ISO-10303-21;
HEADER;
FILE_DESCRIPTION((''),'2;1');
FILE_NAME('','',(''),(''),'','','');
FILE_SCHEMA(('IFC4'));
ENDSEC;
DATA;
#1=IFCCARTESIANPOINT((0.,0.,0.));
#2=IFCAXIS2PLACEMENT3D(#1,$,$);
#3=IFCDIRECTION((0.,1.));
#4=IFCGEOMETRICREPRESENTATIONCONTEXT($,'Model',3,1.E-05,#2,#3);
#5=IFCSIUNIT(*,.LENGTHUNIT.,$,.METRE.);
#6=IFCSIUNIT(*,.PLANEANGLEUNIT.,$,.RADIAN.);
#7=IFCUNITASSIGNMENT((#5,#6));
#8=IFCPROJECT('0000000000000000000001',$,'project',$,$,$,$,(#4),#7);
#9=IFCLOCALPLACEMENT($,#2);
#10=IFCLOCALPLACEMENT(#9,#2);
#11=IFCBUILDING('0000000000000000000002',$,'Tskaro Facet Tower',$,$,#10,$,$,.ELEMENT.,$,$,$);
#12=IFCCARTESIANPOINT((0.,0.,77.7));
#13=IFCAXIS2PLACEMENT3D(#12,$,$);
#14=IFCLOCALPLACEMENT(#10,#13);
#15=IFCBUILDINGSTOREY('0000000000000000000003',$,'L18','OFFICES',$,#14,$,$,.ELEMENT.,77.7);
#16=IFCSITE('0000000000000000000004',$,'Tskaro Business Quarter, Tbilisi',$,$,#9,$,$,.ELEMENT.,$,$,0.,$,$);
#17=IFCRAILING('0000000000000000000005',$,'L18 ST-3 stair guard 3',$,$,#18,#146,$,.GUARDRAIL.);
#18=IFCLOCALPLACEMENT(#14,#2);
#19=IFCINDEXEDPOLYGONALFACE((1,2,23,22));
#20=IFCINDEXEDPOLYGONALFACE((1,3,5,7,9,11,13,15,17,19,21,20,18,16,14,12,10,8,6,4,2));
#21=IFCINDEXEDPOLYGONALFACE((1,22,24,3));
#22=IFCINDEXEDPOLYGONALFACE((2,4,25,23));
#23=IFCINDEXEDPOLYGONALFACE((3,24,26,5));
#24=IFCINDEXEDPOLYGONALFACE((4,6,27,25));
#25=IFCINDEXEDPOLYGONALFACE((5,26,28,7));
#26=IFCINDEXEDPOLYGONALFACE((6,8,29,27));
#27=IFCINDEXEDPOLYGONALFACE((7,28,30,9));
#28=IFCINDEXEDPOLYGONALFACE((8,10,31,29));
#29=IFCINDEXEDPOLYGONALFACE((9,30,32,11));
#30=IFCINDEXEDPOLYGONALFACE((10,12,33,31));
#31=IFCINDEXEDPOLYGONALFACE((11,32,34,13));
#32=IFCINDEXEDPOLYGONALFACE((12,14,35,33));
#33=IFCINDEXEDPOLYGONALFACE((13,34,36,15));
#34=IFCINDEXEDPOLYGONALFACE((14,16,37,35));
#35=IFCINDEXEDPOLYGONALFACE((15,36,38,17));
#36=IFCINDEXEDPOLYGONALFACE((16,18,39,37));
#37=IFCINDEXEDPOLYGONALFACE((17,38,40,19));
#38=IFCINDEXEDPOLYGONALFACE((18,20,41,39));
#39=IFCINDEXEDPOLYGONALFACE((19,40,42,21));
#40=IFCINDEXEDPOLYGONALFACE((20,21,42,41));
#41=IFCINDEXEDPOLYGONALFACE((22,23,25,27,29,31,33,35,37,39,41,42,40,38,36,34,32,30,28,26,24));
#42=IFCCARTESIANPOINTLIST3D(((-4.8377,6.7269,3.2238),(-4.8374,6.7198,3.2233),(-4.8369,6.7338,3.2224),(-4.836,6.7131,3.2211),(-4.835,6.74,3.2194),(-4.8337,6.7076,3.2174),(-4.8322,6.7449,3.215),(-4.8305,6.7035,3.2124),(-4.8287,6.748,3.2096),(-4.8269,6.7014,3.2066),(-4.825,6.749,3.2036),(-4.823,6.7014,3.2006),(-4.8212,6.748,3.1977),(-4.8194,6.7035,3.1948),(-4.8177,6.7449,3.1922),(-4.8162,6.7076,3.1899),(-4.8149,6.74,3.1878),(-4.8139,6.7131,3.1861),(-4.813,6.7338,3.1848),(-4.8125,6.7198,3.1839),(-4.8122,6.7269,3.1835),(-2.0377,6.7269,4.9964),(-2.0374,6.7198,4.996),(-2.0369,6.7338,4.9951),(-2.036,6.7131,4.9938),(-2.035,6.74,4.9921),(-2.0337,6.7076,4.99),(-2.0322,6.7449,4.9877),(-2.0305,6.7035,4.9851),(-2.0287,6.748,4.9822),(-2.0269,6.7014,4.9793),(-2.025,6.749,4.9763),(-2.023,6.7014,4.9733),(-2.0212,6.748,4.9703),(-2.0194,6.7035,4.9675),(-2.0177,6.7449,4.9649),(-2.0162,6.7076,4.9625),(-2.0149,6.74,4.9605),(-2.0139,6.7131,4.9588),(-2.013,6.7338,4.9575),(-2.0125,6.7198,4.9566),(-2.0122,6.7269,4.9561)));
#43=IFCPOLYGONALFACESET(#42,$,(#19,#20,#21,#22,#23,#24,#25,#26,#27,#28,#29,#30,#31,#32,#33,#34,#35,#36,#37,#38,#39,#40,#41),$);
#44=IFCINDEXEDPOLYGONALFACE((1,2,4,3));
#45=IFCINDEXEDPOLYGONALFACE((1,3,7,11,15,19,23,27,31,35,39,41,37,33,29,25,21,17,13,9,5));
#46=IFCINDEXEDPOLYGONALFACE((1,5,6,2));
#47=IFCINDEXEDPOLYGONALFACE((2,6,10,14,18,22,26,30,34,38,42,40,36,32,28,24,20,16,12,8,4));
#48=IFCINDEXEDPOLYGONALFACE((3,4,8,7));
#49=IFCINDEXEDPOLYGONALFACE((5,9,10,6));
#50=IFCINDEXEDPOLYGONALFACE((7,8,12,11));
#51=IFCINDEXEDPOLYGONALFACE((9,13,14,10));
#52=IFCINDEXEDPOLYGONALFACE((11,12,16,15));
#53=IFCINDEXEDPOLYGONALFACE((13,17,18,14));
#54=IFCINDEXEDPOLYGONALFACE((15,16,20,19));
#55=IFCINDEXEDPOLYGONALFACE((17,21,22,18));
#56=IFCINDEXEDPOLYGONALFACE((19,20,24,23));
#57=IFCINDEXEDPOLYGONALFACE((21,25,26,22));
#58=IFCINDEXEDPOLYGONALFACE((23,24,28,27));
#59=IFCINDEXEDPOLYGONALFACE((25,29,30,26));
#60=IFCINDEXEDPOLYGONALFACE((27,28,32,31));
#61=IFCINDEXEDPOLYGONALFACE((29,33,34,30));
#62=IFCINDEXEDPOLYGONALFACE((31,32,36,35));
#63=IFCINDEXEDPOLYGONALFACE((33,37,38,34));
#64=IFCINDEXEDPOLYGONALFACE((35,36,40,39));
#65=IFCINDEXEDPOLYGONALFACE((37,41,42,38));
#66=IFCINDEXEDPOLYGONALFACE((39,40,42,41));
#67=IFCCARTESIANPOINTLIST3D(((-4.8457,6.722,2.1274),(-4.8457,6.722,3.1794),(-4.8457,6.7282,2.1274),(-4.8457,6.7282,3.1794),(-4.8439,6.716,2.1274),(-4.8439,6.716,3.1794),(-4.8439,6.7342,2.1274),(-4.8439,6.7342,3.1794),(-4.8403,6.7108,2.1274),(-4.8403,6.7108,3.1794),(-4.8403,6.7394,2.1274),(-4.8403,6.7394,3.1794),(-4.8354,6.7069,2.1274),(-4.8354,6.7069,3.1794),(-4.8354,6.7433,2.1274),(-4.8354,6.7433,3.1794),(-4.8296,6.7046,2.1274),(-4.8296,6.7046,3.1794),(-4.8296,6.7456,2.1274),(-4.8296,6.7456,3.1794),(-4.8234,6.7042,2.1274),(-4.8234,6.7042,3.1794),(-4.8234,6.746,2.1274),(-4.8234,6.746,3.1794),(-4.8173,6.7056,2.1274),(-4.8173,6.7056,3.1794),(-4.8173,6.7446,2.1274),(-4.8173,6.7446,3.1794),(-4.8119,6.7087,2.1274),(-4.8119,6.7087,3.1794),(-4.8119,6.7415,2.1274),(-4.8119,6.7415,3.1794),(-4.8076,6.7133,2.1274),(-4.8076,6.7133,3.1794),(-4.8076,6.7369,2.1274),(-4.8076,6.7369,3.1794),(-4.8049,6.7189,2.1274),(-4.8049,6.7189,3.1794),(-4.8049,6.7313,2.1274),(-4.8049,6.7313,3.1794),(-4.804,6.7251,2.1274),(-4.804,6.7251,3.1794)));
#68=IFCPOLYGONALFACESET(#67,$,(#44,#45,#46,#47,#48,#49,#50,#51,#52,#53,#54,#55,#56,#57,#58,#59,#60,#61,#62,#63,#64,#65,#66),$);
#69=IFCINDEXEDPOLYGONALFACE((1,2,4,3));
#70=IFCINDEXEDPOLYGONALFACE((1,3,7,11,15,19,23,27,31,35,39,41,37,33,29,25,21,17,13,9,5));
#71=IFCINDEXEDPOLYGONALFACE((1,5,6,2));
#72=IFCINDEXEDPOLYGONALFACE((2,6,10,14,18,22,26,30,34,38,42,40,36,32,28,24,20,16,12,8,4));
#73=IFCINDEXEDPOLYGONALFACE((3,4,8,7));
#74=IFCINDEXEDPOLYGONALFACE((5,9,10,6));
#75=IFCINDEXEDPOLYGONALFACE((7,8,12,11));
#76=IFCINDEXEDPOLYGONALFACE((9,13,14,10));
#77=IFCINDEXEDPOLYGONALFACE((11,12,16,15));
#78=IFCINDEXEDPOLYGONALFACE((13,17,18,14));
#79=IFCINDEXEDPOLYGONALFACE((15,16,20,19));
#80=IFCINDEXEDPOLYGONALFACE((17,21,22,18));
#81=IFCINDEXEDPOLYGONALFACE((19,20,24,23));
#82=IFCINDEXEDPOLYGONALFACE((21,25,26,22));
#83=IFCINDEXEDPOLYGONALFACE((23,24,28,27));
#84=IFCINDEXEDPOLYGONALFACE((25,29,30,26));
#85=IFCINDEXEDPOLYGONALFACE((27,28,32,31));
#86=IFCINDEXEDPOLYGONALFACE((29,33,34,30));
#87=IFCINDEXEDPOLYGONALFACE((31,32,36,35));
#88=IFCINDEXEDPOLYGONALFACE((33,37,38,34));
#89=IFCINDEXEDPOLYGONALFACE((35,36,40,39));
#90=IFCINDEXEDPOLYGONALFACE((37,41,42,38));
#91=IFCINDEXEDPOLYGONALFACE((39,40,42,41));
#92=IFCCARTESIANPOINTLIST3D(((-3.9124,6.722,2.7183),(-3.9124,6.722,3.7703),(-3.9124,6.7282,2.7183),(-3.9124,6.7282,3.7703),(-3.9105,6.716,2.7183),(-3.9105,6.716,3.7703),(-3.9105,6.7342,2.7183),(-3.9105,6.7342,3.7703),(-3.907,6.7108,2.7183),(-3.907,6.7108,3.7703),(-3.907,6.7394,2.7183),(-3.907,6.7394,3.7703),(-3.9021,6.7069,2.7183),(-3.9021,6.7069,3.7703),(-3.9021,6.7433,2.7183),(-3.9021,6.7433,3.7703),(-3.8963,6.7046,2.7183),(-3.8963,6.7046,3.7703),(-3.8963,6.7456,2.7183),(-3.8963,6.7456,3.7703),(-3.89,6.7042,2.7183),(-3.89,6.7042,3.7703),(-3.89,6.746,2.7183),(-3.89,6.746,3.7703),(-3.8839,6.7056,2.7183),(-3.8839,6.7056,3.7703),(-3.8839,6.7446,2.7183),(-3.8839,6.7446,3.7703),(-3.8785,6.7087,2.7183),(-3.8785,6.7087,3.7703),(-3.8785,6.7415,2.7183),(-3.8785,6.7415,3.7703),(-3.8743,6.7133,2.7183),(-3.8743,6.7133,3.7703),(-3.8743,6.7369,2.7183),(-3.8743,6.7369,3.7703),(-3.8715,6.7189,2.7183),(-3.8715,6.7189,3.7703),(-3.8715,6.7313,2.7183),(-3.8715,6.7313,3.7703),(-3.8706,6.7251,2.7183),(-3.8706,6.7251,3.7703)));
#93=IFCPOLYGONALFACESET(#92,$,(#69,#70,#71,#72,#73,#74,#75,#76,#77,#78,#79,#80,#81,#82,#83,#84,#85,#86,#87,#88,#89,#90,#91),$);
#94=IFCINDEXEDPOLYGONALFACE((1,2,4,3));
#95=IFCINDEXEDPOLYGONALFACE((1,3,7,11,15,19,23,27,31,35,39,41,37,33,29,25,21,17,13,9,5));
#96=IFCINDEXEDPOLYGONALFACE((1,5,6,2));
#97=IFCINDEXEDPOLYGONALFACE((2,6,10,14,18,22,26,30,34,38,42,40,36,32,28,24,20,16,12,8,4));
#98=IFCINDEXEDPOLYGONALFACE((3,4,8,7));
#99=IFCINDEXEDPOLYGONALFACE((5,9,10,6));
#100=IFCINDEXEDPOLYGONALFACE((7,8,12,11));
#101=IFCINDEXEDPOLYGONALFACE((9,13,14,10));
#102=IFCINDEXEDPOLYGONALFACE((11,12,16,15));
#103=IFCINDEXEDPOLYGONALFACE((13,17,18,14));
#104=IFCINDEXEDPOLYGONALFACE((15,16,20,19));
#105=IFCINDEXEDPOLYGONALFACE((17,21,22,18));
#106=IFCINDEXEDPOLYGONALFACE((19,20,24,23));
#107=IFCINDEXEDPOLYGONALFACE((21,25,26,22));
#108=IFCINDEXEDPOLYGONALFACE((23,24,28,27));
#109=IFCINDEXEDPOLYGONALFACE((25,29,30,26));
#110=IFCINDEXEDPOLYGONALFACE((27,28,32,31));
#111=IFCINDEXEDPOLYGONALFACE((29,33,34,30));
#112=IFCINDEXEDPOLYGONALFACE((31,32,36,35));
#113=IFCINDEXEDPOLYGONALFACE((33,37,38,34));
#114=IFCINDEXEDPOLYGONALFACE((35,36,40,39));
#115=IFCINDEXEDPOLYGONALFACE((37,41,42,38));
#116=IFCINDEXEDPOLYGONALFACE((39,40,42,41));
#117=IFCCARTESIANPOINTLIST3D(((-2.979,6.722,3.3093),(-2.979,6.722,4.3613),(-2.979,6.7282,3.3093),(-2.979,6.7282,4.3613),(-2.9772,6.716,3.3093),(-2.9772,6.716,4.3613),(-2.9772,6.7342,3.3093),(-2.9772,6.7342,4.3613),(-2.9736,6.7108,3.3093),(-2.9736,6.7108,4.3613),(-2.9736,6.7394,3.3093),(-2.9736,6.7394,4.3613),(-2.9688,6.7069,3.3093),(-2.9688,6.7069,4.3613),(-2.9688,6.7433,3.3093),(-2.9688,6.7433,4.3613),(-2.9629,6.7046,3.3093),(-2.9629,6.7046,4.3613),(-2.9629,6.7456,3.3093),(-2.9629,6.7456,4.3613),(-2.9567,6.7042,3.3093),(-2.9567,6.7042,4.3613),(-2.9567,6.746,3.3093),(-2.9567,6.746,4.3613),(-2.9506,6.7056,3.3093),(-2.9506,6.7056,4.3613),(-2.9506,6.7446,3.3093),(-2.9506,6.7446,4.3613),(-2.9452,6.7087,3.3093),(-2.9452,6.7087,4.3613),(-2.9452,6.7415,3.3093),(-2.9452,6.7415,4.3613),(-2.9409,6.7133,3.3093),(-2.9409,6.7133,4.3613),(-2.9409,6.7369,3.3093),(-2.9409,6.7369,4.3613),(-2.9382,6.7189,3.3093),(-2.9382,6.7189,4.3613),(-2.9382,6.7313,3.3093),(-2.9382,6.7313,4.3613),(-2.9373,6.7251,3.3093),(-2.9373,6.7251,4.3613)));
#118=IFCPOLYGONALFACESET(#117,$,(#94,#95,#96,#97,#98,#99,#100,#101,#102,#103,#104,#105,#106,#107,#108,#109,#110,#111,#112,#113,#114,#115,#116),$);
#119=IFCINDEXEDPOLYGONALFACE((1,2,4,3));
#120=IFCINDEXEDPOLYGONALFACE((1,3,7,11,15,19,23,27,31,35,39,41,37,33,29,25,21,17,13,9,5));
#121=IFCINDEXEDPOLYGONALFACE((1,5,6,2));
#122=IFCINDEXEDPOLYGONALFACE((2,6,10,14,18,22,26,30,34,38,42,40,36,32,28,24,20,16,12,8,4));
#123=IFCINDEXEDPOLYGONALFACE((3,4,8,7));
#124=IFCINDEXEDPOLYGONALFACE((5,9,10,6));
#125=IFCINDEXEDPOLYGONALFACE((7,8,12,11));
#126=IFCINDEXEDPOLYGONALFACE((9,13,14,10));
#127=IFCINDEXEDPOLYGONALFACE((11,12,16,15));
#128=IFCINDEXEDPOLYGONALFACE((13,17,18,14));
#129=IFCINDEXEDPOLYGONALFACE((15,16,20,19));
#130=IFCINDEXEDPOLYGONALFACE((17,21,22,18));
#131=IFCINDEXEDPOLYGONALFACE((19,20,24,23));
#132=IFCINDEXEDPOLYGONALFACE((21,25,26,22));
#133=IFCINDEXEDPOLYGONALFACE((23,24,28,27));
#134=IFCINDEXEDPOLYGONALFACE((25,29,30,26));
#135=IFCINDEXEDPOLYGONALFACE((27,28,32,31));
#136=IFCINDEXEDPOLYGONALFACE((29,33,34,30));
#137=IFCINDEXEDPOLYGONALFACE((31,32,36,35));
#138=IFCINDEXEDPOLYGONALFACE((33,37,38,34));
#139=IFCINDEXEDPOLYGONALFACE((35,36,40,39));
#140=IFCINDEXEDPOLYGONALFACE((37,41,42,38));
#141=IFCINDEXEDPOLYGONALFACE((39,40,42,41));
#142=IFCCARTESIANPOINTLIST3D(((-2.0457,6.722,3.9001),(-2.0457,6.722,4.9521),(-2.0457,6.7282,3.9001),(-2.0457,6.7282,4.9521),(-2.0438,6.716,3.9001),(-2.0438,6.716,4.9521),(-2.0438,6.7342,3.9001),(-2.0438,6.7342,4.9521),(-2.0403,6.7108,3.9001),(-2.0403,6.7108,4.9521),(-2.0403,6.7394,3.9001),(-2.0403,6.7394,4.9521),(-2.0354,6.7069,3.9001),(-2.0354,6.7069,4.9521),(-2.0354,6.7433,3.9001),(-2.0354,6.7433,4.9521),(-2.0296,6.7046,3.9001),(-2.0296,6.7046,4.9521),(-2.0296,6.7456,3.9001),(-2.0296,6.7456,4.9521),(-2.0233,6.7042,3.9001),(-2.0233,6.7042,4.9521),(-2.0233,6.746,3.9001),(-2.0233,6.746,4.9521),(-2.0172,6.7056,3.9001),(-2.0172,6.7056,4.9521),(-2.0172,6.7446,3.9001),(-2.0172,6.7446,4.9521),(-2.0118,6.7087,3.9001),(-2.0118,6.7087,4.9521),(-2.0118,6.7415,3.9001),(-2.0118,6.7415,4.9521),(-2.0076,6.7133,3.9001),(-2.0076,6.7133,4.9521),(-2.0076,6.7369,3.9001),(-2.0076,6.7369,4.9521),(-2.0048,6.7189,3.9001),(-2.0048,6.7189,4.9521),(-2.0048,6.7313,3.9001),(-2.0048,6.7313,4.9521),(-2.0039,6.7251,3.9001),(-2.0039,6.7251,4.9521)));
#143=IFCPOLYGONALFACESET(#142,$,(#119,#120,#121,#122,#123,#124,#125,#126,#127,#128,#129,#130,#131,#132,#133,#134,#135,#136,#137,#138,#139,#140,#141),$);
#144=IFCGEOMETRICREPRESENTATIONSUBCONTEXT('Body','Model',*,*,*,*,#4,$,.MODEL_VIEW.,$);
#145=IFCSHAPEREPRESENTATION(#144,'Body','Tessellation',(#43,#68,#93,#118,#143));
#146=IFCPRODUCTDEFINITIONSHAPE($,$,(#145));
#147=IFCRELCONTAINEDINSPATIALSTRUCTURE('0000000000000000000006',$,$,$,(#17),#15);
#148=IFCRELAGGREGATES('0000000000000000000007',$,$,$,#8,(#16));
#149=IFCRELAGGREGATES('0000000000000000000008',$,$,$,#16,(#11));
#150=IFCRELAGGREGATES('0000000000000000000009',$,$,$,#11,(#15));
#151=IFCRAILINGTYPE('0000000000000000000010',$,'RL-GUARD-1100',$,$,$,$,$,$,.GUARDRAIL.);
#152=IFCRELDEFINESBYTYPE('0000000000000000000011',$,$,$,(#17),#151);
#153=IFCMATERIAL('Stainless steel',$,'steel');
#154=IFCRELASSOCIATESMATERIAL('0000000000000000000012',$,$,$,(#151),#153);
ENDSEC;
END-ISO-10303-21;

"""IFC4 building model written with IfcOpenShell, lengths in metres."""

from ifc_helpers import new_model, si_unit, direction, frame, origin, origin_2d, place, context, subcontext, project, spatial, circle, extrude, material, type_object, element, save


model = new_model("IFC4")

# Units and contexts
model_context = context("Model", 3, precision=1e-05, world=origin(), true_north=direction((0.0, 1.0)))
body_context = subcontext(model_context, "Body", "Model", "MODEL_VIEW")
ifc_project = project(units=[si_unit("LENGTHUNIT", "METRE"), si_unit("PLANEANGLEUNIT", "RADIAN")], contexts=[model_context])

# Site, building, storey
site_placement = place(None, origin())
site = spatial("IfcSite", under=ifc_project, at=site_placement, Name="Tskaro Business Quarter, Tbilisi", CompositionType="ELEMENT", RefElevation=0.0)
building_placement = place(site_placement, origin())
building = spatial("IfcBuilding", under=site, at=building_placement, Name="Tskaro Facet Tower", CompositionType="ELEMENT")
storey_placement = place(building_placement, frame((0.0, 0.0, 77.7)))
storey = spatial("IfcBuildingStorey", under=building, at=storey_placement, Name="L18", Description="OFFICES", CompositionType="ELEMENT", Elevation=77.7)

# Railing
ifc_material_1 = material(Name="Stainless steel", Category="steel")
railing_type_1 = type_object("IfcRailingType", Name="RL-GUARD-1100", PredefinedType="GUARDRAIL", material=ifc_material_1)
railing_1_placement = place(storey_placement, frame((-4.825, 6.7251, 2.1274)))
element("IfcRailing", 1, at=railing_1_placement, inside=storey, type_object=railing_type_1, Name="L18 ST-3 stair guard 3", PredefinedType="GUARDRAIL", context=body_context, shape_type="SweptSolid", body=[
    extrude(circle(Radius=0.0239, at=origin_2d()), frame((0.0, 0.0, 1.0762), z_axis=(0.844909, 0.0, 0.53491), x_axis=(0.0, 1.0, 0.0)), (0.0, 0.0, 1.0), 3.314),
    extrude(circle(Radius=0.021, at=origin_2d()), origin(), (0.0, 0.0, 1.0), 1.052),
    extrude(circle(Radius=0.021, at=origin_2d()), frame((0.9333, 0.0, 0.5908)), (0.0, 0.0, 1.0), 1.052),
    extrude(circle(Radius=0.021, at=origin_2d()), frame((1.8667, 0.0, 1.1819)), (0.0, 0.0, 1.0), 1.052),
    extrude(circle(Radius=0.021, at=origin_2d()), frame((2.8, 0.0, 1.7727)), (0.0, 0.0, 1.0), 1.052),
])

save(model, "model.ifc")
